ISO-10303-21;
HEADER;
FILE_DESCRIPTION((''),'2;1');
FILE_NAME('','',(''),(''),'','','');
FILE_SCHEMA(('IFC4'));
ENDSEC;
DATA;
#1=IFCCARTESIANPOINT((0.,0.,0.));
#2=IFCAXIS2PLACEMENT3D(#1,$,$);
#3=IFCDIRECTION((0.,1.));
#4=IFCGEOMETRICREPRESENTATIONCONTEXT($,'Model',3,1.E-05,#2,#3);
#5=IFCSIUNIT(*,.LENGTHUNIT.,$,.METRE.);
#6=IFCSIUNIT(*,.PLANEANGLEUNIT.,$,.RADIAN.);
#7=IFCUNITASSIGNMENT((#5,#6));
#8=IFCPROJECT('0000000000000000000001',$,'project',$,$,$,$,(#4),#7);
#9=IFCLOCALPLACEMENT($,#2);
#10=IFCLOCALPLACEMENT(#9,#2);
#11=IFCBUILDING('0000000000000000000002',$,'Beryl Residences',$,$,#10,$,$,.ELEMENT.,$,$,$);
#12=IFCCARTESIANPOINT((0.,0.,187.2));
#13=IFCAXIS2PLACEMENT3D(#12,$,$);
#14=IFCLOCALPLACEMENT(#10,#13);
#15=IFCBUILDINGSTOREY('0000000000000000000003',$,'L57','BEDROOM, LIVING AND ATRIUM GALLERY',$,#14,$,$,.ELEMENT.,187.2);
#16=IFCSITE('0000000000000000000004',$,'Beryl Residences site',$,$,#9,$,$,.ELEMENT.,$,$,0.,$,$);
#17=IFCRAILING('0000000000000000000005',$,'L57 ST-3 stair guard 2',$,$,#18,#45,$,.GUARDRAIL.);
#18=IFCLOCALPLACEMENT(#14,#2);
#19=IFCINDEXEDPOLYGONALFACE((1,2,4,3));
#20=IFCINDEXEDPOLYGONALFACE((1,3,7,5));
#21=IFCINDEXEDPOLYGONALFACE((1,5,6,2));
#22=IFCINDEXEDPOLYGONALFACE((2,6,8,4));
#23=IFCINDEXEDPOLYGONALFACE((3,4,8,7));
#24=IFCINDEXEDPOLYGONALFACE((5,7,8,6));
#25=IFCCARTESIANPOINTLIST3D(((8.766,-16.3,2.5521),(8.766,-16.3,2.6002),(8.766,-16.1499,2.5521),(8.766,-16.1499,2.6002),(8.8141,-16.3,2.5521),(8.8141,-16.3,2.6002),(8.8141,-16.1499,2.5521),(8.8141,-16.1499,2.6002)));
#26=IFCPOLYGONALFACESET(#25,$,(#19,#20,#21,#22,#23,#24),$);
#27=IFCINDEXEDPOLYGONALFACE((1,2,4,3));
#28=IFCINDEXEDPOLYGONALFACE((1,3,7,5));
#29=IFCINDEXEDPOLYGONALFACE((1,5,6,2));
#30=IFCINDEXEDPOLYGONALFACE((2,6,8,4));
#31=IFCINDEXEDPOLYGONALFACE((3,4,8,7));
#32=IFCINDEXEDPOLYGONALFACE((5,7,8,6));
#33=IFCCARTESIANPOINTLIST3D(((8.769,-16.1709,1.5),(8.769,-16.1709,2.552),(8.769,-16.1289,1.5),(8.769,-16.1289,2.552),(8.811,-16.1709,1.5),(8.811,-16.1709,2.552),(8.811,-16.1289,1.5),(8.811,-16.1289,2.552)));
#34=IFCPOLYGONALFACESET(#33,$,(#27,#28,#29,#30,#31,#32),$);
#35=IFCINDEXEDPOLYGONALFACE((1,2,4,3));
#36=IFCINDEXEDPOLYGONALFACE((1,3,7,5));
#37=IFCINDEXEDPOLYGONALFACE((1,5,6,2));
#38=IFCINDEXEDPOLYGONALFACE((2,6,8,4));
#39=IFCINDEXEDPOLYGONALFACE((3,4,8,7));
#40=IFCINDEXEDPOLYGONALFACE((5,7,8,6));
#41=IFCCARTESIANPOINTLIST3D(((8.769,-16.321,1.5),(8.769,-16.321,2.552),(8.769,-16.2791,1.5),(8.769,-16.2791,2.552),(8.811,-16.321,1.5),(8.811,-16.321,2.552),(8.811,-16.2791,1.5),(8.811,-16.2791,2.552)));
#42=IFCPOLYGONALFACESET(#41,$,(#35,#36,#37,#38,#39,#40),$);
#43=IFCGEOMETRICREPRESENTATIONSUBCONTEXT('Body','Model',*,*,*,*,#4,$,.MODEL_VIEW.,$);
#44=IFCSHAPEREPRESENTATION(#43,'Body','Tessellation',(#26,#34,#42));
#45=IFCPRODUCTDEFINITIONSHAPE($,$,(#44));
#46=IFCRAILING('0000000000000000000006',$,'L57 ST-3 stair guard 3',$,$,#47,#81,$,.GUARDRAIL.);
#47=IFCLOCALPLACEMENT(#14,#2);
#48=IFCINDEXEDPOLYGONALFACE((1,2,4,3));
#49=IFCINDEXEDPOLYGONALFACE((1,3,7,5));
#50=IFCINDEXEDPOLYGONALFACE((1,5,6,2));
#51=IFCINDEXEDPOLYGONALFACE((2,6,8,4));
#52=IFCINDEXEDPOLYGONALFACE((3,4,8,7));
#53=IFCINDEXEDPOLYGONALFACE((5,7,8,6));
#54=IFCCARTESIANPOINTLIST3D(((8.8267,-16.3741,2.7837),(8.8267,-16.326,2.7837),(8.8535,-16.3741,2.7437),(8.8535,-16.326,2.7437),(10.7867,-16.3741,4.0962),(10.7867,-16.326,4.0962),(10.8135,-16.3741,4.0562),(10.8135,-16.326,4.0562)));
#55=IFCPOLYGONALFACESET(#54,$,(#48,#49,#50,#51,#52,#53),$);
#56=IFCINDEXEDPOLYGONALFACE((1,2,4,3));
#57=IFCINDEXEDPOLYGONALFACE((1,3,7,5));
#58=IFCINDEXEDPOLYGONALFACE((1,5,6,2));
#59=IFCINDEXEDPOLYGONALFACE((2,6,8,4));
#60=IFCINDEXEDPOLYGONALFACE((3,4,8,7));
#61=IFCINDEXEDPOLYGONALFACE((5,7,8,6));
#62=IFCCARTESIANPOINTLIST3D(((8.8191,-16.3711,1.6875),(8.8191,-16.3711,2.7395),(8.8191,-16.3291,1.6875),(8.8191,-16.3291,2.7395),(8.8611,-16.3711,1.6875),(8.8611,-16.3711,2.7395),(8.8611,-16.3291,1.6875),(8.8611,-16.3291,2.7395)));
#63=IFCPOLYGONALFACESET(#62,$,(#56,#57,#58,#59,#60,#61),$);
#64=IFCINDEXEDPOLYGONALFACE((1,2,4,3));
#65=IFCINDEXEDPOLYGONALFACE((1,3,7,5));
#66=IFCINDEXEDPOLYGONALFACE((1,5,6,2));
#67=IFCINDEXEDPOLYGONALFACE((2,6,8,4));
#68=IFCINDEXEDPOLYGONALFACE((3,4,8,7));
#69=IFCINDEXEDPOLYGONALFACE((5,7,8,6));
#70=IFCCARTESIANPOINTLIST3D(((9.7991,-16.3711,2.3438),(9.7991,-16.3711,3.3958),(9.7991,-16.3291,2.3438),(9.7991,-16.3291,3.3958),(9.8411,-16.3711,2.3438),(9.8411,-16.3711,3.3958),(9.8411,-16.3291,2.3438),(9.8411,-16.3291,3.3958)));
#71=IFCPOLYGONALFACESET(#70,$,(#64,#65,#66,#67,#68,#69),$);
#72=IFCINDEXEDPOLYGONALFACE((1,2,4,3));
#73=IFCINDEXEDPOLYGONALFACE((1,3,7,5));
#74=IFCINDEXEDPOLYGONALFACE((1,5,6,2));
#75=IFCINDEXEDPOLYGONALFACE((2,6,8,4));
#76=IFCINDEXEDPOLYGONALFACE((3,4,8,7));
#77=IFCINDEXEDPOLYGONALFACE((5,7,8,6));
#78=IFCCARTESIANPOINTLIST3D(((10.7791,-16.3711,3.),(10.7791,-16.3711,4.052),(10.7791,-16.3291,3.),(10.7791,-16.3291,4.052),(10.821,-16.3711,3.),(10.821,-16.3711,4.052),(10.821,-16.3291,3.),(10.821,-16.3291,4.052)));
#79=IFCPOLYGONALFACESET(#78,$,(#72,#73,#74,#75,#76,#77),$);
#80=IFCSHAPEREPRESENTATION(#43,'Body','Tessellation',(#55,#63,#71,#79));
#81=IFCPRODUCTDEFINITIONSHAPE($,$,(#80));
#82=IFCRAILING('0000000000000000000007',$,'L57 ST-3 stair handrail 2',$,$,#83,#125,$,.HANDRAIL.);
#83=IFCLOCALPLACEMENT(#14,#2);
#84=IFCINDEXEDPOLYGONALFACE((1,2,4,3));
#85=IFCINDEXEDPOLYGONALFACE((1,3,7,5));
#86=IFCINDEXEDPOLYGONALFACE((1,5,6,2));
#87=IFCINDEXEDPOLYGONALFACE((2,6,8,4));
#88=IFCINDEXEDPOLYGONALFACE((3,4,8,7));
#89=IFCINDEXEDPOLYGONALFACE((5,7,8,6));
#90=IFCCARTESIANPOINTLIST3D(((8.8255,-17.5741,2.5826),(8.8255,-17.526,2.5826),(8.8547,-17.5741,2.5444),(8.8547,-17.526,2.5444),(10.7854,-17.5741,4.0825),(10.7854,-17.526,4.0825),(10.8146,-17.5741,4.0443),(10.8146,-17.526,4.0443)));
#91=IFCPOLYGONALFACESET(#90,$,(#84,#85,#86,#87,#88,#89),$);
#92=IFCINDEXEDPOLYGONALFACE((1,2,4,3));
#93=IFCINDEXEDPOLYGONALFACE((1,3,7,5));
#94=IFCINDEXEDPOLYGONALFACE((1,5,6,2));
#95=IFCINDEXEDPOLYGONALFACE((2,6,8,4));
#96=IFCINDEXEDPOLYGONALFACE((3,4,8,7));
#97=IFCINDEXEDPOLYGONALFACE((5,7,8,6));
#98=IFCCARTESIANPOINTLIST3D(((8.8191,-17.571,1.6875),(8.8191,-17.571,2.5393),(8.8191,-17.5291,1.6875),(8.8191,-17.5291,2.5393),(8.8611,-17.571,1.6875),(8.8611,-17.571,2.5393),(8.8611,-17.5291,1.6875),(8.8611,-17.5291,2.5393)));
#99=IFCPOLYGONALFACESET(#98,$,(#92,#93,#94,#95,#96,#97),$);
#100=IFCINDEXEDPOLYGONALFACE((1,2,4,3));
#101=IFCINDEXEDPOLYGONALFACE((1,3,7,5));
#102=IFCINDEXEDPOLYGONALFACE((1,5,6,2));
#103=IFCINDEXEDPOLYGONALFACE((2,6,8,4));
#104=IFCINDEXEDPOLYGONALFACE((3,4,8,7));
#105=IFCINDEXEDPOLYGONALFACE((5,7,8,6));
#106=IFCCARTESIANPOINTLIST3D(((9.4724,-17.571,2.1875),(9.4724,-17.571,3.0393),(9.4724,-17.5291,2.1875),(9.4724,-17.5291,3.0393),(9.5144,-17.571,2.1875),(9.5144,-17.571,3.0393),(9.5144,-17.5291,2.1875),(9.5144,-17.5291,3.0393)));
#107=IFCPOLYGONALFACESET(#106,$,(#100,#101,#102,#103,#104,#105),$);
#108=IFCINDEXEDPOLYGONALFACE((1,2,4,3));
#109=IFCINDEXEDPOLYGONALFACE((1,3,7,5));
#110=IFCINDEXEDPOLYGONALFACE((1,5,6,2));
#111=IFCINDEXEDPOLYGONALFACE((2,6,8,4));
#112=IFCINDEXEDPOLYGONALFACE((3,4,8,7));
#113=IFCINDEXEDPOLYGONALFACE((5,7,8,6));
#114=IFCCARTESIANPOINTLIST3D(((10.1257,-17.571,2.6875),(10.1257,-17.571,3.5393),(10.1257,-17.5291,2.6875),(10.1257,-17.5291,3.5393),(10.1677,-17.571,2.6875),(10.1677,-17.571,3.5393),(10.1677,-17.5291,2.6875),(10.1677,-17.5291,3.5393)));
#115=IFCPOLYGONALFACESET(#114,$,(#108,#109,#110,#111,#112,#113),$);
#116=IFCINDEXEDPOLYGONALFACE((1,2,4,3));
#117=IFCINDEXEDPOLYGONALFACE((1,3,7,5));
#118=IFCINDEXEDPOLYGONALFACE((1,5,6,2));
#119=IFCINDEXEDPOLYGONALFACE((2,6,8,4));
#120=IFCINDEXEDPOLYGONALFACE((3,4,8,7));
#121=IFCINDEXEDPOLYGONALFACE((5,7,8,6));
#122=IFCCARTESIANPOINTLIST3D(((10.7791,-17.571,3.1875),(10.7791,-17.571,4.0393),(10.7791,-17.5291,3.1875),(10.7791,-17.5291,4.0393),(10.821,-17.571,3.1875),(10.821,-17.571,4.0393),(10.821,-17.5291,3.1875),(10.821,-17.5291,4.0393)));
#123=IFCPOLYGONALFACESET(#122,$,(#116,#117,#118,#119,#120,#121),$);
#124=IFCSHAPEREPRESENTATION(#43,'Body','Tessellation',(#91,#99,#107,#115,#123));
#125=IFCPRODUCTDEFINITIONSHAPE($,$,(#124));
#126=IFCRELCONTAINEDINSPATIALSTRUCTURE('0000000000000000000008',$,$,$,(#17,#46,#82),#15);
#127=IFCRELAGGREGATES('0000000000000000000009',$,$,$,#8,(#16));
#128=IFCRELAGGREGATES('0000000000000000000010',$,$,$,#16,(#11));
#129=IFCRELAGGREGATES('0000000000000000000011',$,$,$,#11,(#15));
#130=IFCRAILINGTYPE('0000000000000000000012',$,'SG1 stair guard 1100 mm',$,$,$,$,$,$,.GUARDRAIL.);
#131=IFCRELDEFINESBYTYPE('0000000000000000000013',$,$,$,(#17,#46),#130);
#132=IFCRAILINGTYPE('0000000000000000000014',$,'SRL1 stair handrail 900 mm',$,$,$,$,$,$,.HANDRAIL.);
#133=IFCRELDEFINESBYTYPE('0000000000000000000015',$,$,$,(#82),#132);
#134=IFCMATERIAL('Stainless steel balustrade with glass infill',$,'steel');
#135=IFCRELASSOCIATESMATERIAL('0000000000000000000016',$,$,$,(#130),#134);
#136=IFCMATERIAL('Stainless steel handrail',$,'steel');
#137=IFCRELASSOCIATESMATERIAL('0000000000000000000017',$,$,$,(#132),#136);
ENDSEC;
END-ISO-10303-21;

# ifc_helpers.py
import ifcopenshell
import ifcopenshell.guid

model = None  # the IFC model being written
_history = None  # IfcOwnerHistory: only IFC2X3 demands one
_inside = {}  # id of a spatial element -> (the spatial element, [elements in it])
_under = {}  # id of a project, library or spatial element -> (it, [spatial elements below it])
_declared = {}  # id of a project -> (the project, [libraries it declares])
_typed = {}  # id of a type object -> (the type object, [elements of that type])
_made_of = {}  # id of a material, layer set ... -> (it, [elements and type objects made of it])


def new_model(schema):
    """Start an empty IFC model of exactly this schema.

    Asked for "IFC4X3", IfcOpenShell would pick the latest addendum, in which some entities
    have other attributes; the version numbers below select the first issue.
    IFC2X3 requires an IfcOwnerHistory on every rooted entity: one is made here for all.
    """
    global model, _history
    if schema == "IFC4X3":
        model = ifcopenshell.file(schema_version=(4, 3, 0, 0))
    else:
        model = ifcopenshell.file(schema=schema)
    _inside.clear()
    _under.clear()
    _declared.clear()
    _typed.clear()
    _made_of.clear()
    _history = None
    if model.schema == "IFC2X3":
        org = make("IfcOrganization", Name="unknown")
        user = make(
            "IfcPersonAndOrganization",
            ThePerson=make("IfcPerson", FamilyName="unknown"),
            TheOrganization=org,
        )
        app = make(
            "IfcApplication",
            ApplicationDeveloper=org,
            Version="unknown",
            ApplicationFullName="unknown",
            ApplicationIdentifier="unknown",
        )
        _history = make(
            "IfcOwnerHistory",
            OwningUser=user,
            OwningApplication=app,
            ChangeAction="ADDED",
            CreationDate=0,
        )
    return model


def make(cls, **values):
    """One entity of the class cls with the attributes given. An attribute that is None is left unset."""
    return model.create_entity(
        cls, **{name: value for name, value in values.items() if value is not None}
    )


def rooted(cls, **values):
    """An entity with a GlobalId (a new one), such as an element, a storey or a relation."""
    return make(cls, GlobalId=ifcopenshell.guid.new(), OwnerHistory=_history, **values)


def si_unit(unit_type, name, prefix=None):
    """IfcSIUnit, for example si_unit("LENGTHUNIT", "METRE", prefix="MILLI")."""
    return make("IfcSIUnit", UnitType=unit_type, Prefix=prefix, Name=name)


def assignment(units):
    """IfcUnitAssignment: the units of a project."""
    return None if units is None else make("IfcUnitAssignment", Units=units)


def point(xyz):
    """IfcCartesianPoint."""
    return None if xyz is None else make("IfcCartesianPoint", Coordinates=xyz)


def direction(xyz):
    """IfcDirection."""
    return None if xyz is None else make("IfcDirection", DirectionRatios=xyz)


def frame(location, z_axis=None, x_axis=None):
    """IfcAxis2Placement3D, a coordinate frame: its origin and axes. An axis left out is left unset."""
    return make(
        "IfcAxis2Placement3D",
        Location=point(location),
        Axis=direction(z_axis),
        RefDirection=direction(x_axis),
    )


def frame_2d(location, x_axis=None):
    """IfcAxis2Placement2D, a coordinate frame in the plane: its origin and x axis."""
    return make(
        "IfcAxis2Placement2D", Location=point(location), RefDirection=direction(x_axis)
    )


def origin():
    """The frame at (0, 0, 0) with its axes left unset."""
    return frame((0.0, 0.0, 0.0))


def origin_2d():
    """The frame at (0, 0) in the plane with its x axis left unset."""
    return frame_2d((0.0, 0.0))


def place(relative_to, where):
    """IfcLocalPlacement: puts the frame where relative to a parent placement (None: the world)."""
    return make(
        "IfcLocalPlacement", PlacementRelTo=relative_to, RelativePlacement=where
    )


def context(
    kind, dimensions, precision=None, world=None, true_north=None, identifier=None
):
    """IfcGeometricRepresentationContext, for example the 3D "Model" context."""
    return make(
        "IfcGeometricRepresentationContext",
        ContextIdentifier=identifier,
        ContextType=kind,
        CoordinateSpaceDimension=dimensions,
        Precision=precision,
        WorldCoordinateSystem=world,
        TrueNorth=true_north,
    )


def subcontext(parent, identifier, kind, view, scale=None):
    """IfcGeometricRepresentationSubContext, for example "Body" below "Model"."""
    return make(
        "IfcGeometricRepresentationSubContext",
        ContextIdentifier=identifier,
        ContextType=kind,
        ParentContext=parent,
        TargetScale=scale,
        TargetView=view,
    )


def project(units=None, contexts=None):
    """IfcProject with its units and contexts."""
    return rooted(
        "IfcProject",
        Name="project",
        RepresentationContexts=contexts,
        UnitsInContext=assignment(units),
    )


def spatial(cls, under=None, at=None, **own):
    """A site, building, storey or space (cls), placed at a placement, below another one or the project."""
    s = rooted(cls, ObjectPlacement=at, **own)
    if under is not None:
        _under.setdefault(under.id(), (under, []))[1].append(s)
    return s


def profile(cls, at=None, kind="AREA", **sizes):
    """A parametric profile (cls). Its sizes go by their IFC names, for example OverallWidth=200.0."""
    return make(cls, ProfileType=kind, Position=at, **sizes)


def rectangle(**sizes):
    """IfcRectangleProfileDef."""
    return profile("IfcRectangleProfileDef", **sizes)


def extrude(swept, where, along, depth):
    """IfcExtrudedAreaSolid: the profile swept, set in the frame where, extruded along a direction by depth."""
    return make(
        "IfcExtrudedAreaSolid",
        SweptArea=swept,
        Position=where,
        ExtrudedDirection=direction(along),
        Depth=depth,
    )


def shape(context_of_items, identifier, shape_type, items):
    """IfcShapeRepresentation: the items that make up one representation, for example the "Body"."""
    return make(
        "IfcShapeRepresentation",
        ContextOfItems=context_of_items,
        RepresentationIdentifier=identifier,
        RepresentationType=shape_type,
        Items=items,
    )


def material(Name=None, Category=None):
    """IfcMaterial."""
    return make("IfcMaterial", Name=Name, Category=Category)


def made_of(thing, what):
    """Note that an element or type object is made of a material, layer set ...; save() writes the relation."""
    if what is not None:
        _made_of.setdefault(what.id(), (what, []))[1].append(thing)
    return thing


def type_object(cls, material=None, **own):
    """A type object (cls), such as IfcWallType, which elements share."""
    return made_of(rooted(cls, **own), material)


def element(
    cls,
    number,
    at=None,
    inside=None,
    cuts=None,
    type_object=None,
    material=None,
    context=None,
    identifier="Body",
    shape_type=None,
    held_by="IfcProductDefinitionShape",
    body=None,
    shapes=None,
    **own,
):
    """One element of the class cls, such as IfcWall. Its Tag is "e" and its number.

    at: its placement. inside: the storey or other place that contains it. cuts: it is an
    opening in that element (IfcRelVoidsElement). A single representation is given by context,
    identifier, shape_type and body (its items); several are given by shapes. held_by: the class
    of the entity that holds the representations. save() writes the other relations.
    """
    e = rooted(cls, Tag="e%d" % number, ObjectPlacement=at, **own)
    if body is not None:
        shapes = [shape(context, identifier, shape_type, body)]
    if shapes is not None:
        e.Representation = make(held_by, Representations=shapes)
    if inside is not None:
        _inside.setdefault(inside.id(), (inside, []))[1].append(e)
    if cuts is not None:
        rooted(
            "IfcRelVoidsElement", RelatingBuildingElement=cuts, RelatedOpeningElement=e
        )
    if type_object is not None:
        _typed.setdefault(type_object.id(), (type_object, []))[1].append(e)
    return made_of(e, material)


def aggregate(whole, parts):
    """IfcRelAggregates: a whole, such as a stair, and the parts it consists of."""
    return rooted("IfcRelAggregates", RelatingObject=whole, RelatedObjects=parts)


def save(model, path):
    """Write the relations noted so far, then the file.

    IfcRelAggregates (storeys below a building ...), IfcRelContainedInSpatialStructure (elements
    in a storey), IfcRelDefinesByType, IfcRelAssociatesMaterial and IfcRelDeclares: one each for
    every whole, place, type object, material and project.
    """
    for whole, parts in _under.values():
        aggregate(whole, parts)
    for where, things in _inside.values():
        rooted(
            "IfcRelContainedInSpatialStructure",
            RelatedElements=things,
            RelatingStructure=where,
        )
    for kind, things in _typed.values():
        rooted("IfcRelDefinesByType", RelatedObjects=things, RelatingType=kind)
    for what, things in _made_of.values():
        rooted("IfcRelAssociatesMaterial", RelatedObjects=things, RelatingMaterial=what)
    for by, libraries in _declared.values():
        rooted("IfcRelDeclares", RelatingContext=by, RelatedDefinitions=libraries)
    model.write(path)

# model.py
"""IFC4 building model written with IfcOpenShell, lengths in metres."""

from ifc_helpers import new_model, si_unit, direction, frame, origin, origin_2d, place, context, subcontext, project, spatial, rectangle, extrude, material, type_object, element, save


model = new_model("IFC4")

# Units and contexts
model_context = context("Model", 3, precision=1e-05, world=origin(), true_north=direction((0.0, 1.0)))
body_context = subcontext(model_context, "Body", "Model", "MODEL_VIEW")
ifc_project = project(units=[si_unit("LENGTHUNIT", "METRE"), si_unit("PLANEANGLEUNIT", "RADIAN")], contexts=[model_context])

# Site, building, storey
site_placement = place(None, origin())
site = spatial("IfcSite", under=ifc_project, at=site_placement, Name="Beryl Residences site", CompositionType="ELEMENT", RefElevation=0.0)
building_placement = place(site_placement, origin())
building = spatial("IfcBuilding", under=site, at=building_placement, Name="Beryl Residences", CompositionType="ELEMENT")
storey_placement = place(building_placement, frame((0.0, 0.0, 187.2)))
storey = spatial("IfcBuildingStorey", under=building, at=storey_placement, Name="L57", Description="BEDROOM, LIVING AND ATRIUM GALLERY", CompositionType="ELEMENT", Elevation=187.2)

# Railings
ifc_material_1 = material(Name="Stainless steel balustrade with glass infill", Category="steel")
railing_type_1 = type_object("IfcRailingType", Name="SG1 stair guard 1100 mm", PredefinedType="GUARDRAIL", material=ifc_material_1)
railing_1_placement = place(storey_placement, frame((8.79, -16.1499, 1.5)))
element("IfcRailing", 1, at=railing_1_placement, inside=storey, type_object=railing_type_1, Name="L57 ST-3 stair guard 2", PredefinedType="GUARDRAIL", context=body_context, shape_type="SweptSolid", body=[
    extrude(rectangle(XDim=0.0481, YDim=0.0481, at=origin_2d()), frame((0.0, 0.0, 1.0762), z_axis=(0.0, -1.0, 0.0), x_axis=(1.0, 0.0, 0.0)), (0.0, 0.0, 1.0), 0.1501),
    extrude(rectangle(XDim=0.042, YDim=0.042, at=origin_2d()), origin(), (0.0, 0.0, 1.0), 1.052),
    extrude(rectangle(XDim=0.042, YDim=0.042, at=origin_2d()), frame((0.0, -0.1501, 0.0)), (0.0, 0.0, 1.0), 1.052),
])
railing_2_placement = place(storey_placement, frame((8.8401, -16.3501, 1.6875)))
element("IfcRailing", 2, at=railing_2_placement, inside=storey, type_object=railing_type_1, Name="L57 ST-3 stair guard 3", PredefinedType="GUARDRAIL", context=body_context, shape_type="SweptSolid", body=[
    extrude(rectangle(XDim=0.0481, YDim=0.0481, at=origin_2d()), frame((0.0, 0.0, 1.0762), z_axis=(0.830902, 0.0, 0.556419), x_axis=(0.0, 1.0, 0.0)), (0.0, 0.0, 1.0), 2.3589),
    extrude(rectangle(XDim=0.042, YDim=0.042, at=origin_2d()), origin(), (0.0, 0.0, 1.0), 1.052),
    extrude(rectangle(XDim=0.042, YDim=0.042, at=origin_2d()), frame((0.98, 0.0, 0.6562)), (0.0, 0.0, 1.0), 1.052),
    extrude(rectangle(XDim=0.042, YDim=0.042, at=origin_2d()), frame((1.96, 0.0, 1.3125)), (0.0, 0.0, 1.0), 1.052),
])
ifc_material_2 = material(Name="Stainless steel handrail", Category="steel")
railing_type_2 = type_object("IfcRailingType", Name="SRL1 stair handrail 900 mm", PredefinedType="HANDRAIL", material=ifc_material_2)
railing_3_placement = place(storey_placement, frame((8.8401, -17.55, 1.6875)))
element("IfcRailing", 3, at=railing_3_placement, inside=storey, type_object=railing_type_2, Name="L57 ST-3 stair handrail 2", PredefinedType="HANDRAIL", context=body_context, shape_type="SweptSolid", body=[
    extrude(rectangle(XDim=0.0481, YDim=0.0481, at=origin_2d()), frame((0.0, 0.0, 0.876), z_axis=(0.794122, 0.0, 0.607758), x_axis=(0.0, 1.0, 0.0)), (0.0, 0.0, 1.0), 2.468),
    extrude(rectangle(XDim=0.042, YDim=0.042, at=origin_2d()), origin(), (0.0, 0.0, 1.0), 0.8518),
    extrude(rectangle(XDim=0.042, YDim=0.042, at=origin_2d()), frame((0.6533, 0.0, 0.5)), (0.0, 0.0, 1.0), 0.8518),
    extrude(rectangle(XDim=0.042, YDim=0.042, at=origin_2d()), frame((1.3066, 0.0, 1.0)), (0.0, 0.0, 1.0), 0.8518),
    extrude(rectangle(XDim=0.042, YDim=0.042, at=origin_2d()), frame((1.96, 0.0, 1.5)), (0.0, 0.0, 1.0), 0.8518),
])

save(model, "model.ifc")
